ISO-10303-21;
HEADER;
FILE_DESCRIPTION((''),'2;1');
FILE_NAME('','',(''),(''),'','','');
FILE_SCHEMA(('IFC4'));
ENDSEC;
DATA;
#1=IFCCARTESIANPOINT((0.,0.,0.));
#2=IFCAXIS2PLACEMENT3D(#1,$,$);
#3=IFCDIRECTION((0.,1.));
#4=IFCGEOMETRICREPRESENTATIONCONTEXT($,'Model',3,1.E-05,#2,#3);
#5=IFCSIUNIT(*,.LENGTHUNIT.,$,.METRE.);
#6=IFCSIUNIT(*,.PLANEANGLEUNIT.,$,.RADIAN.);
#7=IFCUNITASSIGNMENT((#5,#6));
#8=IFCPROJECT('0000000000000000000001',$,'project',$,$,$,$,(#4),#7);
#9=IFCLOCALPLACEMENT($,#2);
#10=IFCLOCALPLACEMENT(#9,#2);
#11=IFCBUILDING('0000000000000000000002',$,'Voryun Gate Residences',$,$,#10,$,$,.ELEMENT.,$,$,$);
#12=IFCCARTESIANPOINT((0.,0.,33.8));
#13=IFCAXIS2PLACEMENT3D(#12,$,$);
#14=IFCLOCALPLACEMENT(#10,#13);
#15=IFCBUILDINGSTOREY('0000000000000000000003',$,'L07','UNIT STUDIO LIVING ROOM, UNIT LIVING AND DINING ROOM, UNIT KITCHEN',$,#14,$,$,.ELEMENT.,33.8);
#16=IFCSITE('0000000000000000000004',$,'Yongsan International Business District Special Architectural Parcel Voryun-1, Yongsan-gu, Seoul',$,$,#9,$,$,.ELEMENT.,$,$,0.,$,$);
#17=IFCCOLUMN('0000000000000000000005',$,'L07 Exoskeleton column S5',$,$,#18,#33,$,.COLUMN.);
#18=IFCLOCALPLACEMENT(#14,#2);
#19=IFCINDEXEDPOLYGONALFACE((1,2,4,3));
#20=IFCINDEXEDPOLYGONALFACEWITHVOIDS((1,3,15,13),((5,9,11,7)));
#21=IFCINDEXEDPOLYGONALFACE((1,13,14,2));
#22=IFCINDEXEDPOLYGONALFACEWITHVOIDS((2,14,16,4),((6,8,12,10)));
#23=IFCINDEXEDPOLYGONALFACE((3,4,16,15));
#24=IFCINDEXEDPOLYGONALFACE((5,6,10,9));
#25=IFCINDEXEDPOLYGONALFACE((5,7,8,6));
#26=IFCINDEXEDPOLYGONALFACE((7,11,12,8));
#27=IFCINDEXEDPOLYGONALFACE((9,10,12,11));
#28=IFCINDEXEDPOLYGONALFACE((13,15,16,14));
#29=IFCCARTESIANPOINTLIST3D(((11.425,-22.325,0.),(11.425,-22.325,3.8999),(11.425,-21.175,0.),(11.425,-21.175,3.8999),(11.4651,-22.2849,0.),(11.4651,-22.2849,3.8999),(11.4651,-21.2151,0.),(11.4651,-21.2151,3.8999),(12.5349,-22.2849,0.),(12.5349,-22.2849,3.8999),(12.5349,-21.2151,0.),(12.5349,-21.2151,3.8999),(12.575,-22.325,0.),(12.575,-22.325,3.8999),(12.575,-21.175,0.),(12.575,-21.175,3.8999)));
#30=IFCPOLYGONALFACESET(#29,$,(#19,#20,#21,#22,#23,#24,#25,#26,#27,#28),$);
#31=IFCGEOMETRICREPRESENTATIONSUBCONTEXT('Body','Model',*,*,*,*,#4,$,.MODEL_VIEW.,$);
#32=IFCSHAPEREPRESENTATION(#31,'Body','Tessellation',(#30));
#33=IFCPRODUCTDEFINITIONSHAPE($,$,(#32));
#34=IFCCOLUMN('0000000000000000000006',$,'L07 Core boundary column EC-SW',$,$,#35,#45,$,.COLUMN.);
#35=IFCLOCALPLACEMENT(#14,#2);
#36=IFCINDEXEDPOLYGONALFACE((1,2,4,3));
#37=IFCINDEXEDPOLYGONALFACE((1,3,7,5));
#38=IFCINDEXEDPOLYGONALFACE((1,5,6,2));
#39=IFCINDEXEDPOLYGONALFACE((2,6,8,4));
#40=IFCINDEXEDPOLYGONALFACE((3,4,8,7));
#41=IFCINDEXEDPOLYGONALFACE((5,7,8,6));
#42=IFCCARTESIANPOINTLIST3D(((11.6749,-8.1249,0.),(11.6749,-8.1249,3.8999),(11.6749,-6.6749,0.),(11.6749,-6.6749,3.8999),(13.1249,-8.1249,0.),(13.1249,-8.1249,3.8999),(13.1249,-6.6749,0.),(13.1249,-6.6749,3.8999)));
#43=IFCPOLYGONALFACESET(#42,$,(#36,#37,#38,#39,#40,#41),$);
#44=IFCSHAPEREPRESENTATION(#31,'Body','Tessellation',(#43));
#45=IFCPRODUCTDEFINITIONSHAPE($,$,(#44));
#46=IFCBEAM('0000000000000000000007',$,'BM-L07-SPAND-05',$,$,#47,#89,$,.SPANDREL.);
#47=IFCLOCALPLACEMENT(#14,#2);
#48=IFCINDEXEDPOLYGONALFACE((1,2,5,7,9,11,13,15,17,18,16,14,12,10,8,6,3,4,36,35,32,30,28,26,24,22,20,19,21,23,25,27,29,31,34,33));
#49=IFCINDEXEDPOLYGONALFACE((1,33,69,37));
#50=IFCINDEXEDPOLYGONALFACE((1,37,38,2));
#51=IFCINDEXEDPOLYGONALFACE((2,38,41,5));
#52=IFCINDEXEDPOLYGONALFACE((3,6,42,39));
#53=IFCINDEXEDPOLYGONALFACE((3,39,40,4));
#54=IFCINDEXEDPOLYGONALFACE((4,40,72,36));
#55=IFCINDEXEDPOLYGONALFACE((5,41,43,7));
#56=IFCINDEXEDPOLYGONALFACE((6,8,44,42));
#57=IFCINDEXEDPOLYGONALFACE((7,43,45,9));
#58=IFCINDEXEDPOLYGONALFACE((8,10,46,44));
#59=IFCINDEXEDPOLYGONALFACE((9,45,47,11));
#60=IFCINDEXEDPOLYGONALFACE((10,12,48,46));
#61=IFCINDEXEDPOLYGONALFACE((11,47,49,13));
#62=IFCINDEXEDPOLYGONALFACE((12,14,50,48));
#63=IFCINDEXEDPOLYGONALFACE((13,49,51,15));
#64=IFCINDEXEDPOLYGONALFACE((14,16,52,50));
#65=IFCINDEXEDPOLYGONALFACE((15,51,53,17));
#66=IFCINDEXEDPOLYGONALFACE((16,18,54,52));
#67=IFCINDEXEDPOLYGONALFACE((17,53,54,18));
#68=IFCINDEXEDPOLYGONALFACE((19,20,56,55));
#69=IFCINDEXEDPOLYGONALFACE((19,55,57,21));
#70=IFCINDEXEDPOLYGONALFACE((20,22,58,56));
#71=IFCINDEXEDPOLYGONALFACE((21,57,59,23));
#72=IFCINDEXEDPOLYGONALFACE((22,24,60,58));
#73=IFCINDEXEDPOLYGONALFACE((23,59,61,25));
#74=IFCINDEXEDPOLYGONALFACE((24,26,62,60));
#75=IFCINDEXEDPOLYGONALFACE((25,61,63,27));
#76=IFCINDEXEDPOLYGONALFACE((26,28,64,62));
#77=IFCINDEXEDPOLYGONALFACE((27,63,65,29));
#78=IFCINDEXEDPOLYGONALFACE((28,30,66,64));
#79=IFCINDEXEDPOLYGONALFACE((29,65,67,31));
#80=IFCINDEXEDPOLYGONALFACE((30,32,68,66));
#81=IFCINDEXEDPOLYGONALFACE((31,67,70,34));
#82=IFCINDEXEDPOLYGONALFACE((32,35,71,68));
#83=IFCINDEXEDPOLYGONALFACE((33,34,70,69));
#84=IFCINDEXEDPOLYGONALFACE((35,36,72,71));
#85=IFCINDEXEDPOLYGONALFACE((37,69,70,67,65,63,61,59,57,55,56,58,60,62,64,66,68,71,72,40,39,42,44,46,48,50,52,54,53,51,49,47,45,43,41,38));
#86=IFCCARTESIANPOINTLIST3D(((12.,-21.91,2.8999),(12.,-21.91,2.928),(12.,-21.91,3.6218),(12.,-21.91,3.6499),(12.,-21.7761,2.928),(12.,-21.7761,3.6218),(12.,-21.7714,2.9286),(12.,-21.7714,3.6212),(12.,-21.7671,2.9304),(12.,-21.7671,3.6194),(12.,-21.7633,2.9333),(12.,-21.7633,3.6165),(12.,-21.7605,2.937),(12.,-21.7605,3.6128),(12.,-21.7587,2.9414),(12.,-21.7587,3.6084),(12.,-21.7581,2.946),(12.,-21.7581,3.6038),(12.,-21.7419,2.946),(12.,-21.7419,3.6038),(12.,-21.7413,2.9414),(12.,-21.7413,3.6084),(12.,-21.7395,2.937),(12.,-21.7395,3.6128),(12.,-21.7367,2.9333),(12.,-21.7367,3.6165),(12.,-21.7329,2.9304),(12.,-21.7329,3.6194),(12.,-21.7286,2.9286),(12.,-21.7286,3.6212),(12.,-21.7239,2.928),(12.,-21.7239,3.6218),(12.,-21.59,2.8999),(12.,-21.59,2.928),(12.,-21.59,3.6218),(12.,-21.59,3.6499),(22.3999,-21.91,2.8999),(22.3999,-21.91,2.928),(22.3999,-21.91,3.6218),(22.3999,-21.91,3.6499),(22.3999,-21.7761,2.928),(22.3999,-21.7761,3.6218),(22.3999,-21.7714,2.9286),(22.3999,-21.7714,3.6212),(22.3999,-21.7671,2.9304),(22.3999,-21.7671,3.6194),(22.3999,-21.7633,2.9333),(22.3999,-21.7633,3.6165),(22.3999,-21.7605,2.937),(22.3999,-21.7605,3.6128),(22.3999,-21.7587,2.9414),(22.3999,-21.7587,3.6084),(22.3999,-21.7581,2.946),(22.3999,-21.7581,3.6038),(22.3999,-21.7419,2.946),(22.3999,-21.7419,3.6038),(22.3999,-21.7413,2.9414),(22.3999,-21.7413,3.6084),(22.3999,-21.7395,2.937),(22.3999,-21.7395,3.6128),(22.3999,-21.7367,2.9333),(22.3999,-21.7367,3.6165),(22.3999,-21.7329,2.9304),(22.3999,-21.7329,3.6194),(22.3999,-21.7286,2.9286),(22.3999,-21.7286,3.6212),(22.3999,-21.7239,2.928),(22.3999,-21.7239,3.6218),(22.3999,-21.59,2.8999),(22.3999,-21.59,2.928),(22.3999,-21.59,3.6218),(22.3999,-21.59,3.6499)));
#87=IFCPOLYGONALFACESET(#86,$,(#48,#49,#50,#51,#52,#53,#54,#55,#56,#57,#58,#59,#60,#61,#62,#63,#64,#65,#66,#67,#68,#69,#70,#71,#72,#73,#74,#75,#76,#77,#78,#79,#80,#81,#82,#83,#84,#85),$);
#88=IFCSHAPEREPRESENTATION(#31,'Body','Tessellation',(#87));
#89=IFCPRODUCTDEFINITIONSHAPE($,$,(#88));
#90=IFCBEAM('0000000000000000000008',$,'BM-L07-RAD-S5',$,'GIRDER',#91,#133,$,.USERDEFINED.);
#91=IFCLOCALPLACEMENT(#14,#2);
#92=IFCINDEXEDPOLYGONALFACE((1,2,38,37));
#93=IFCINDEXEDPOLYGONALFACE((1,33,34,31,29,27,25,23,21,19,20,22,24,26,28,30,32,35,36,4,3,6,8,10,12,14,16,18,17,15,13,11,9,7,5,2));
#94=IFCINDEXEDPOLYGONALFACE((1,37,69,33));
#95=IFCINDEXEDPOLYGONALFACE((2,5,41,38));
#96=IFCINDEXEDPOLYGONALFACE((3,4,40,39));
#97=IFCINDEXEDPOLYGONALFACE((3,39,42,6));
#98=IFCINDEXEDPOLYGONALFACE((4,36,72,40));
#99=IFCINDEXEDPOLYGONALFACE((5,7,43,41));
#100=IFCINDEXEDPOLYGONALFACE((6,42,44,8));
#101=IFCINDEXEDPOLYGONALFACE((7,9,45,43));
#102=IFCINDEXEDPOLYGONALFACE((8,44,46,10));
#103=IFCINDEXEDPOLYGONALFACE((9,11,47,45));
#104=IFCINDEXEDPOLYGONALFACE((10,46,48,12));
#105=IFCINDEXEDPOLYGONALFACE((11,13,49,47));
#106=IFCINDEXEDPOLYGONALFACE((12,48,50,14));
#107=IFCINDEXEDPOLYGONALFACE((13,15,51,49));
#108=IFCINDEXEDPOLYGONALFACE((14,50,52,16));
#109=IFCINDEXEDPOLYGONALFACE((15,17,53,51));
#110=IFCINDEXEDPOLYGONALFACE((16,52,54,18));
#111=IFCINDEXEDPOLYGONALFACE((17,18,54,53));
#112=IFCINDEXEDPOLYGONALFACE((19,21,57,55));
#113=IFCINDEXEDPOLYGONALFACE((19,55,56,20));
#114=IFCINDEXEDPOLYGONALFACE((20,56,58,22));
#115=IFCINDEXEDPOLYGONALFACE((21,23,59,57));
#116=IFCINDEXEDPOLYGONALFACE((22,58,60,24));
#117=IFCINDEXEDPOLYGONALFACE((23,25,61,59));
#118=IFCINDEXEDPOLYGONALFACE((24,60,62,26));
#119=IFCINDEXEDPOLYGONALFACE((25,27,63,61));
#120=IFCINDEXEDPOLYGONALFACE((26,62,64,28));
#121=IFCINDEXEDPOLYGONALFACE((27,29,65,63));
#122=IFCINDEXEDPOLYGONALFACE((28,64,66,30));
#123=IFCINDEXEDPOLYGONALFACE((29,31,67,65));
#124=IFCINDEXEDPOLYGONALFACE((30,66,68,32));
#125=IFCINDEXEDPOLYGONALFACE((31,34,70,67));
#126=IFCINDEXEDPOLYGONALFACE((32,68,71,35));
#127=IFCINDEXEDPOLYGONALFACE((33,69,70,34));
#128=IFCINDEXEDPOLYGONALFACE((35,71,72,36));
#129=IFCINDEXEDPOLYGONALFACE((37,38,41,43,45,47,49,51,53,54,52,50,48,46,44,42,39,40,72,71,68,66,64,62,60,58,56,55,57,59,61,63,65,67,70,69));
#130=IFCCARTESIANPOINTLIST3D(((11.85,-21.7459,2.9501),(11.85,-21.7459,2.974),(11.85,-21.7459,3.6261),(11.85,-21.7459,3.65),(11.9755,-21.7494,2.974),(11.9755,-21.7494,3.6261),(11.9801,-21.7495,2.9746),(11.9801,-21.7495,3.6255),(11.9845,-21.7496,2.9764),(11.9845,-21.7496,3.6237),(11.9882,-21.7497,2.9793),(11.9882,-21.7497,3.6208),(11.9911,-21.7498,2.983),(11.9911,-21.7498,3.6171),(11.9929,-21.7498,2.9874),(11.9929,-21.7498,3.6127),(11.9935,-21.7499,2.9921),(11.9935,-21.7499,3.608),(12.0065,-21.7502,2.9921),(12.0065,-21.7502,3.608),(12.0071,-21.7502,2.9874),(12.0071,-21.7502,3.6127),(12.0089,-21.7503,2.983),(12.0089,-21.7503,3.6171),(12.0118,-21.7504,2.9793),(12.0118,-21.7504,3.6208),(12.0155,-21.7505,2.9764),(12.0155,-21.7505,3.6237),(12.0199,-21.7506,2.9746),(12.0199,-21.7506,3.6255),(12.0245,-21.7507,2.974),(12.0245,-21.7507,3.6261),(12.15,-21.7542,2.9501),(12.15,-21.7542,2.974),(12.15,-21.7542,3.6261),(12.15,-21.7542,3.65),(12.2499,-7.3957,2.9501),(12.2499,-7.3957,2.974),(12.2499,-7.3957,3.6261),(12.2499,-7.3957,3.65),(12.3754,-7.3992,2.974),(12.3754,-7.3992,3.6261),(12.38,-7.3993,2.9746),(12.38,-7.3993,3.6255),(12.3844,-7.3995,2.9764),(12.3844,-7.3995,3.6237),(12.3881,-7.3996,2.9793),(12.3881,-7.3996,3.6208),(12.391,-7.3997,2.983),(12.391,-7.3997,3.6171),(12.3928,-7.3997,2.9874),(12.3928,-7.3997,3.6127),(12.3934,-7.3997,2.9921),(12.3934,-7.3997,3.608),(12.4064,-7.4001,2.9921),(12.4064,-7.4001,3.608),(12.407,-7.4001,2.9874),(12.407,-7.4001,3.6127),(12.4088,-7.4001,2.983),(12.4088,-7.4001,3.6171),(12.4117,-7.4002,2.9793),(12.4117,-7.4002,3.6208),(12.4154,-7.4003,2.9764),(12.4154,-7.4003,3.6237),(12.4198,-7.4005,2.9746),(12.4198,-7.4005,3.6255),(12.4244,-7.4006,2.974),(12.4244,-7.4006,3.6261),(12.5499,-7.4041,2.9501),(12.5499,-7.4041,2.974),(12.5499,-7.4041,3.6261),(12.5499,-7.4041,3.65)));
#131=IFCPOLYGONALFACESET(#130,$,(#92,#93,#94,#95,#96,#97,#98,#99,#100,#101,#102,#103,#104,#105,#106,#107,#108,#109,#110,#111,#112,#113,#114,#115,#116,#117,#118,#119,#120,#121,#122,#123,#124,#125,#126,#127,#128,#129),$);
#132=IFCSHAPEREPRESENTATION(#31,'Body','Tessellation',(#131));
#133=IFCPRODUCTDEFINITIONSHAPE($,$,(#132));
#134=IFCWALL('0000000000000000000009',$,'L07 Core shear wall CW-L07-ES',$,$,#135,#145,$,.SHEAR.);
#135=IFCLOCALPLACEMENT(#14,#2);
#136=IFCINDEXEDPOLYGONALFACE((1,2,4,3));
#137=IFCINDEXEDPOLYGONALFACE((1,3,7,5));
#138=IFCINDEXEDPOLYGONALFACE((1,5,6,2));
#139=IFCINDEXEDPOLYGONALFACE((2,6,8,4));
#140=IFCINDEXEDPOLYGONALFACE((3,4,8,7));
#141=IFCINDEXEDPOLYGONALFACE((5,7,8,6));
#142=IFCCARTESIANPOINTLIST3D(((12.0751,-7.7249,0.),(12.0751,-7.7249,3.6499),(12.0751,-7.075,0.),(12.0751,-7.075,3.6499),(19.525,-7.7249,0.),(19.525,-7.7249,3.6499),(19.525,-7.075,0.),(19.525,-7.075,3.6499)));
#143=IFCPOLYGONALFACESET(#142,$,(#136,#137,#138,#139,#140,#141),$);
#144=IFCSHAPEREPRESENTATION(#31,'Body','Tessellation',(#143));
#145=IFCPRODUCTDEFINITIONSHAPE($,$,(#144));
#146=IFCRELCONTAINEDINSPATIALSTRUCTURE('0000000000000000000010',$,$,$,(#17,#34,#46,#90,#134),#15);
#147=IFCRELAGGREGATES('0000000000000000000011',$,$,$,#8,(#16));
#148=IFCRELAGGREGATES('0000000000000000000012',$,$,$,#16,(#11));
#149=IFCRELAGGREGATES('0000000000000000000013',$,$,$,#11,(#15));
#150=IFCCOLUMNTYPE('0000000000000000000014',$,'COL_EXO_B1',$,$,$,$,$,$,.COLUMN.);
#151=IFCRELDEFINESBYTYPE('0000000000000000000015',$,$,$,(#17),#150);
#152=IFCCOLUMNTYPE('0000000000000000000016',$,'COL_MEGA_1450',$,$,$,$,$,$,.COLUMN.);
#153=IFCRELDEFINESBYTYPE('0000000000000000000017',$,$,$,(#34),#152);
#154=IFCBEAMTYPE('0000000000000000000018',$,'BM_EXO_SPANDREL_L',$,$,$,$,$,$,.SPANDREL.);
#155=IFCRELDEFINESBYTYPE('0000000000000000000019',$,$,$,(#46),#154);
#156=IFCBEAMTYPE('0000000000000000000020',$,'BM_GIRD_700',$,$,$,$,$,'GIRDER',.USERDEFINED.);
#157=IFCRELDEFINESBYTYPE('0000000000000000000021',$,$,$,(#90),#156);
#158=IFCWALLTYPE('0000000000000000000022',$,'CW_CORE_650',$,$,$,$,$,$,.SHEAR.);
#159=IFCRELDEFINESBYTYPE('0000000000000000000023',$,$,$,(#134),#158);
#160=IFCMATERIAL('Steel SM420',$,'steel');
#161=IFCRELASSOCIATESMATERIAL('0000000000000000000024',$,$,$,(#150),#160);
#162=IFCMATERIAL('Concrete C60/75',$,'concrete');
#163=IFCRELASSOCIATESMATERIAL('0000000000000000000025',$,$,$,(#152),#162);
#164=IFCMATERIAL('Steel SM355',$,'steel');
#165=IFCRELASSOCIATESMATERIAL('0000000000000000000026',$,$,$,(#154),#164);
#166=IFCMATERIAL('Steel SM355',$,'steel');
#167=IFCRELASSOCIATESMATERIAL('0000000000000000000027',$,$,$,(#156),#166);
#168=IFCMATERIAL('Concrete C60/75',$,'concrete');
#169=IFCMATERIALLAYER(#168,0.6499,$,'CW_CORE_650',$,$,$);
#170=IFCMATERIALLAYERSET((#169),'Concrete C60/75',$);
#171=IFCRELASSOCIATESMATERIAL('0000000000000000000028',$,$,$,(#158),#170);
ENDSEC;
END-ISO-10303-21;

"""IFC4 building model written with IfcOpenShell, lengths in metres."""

from ifc_helpers import new_model, si_unit, direction, frame, frame_2d, origin, origin_2d, place, context, subcontext, project, spatial, rectangle, hollow_rectangle, i_section, extrude, material, layer, layer_set, material_profile, profile_set, type_object, element, save


model = new_model("IFC4")

# Units and contexts
model_context = context("Model", 3, precision=1e-05, world=origin(), true_north=direction((0.0, 1.0)))
body_context = subcontext(model_context, "Body", "Model", "MODEL_VIEW")
ifc_project = project(units=[si_unit("LENGTHUNIT", "METRE"), si_unit("PLANEANGLEUNIT", "RADIAN")], contexts=[model_context])

# Site, building, storey
site_placement = place(None, origin())
site = spatial("IfcSite", under=ifc_project, at=site_placement, Name="Yongsan International Business District Special Architectural Parcel Voryun-1, Yongsan-gu, Seoul", CompositionType="ELEMENT", RefElevation=0.0)
building_placement = place(site_placement, origin())
building = spatial("IfcBuilding", under=site, at=building_placement, Name="Voryun Gate Residences", CompositionType="ELEMENT")
storey_placement = place(building_placement, frame((0.0, 0.0, 33.8)))
storey = spatial("IfcBuildingStorey", under=building, at=storey_placement, Name="L07", Description="UNIT STUDIO LIVING ROOM, UNIT LIVING AND DINING ROOM, UNIT KITCHEN", CompositionType="ELEMENT", Elevation=33.8)

# Columns
ifc_material_1 = material(Name="Steel SM420", Category="steel")
ifc_material_profile_1 = material_profile(ifc_material_1, hollow_rectangle(XDim=1.1499, YDim=1.1499, WallThickness=0.04, at=origin_2d()), Name="BOX-1150x1150x40")
ifc_profile_set_1 = profile_set([ifc_material_profile_1], Name="Steel SM420")
column_type_1 = type_object("IfcColumnType", Name="COL_EXO_B1", PredefinedType="COLUMN", material=ifc_profile_set_1)
column_1_placement = place(storey_placement, frame((12.0, -21.75, 0.0), z_axis=(0.0, 0.0, 1.0), x_axis=(1.0, 0.0, 0.0)))
element("IfcColumn", 1, at=column_1_placement, inside=storey, type_object=column_type_1, Name="L07 Exoskeleton column S5", PredefinedType="COLUMN", context=body_context, shape_type="SweptSolid", body=[
    extrude(hollow_rectangle(XDim=1.1499, YDim=1.1499, WallThickness=0.04, at=origin_2d()), origin(), (0.0, 0.0, 1.0), 3.8999),
])
ifc_material_2 = material(Name="Concrete C60/75", Category="concrete")
ifc_material_profile_2 = material_profile(ifc_material_2, rectangle(XDim=1.45, YDim=1.45, at=origin_2d()), Name="RC-1450x1450")
ifc_profile_set_2 = profile_set([ifc_material_profile_2], Name="Concrete C60/75")
column_type_2 = type_object("IfcColumnType", Name="COL_MEGA_1450", PredefinedType="COLUMN", material=ifc_profile_set_2)
column_2_placement = place(storey_placement, frame((12.3999, -7.3999, 0.0), z_axis=(0.0, 0.0, 1.0), x_axis=(1.0, 0.0, 0.0)))
element("IfcColumn", 2, at=column_2_placement, inside=storey, type_object=column_type_2, Name="L07 Core boundary column EC-SW", PredefinedType="COLUMN", context=body_context, shape_type="SweptSolid", body=[
    extrude(rectangle(XDim=1.45, YDim=1.45, at=origin_2d()), origin(), (0.0, 0.0, 1.0), 3.8999),
])

# Beams
ifc_material_3 = material(Name="Steel SM355", Category="steel")
ifc_material_profile_3 = material_profile(ifc_material_3, i_section(OverallWidth=0.3201, OverallDepth=0.75, WebThickness=0.0161, FlangeThickness=0.0281, FilletRadius=0.0181, at=origin_2d()), Name="H-750x320x16x28")
ifc_profile_set_3 = profile_set([ifc_material_profile_3], Name="Steel SM355")
beam_type_1 = type_object("IfcBeamType", Name="BM_EXO_SPANDREL_L", PredefinedType="SPANDREL", material=ifc_profile_set_3)
beam_1_placement = place(storey_placement, frame((12.0, -21.75, 3.2749), z_axis=(1.0, 0.0, 0.0), x_axis=(0.0, 1.0, 0.0)))
element("IfcBeam", 3, at=beam_1_placement, inside=storey, type_object=beam_type_1, Name="BM-L07-SPAND-05", PredefinedType="SPANDREL", context=body_context, shape_type="SweptSolid", body=[
    extrude(i_section(OverallWidth=0.3201, OverallDepth=0.75, WebThickness=0.0161, FlangeThickness=0.0281, FilletRadius=0.0181, at=origin_2d()), origin(), (0.0, 0.0, 1.0), 10.3999),
])
ifc_material_4 = material(Name="Steel SM355", Category="steel")
ifc_material_profile_4 = material_profile(ifc_material_4, i_section(OverallWidth=0.3, OverallDepth=0.7, WebThickness=0.0129, FlangeThickness=0.0239, FilletRadius=0.0181, at=origin_2d()), Name="H-700x300x13x24")
ifc_profile_set_4 = profile_set([ifc_material_profile_4], Name="Steel SM355")
beam_type_2 = type_object("IfcBeamType", Name="BM_GIRD_700", ElementType="GIRDER", PredefinedType="USERDEFINED", material=ifc_profile_set_4)
beam_2_placement = place(storey_placement, frame((12.3999, -7.3999, 3.3), z_axis=(-0.027857, -0.999612, 0.0), x_axis=(0.999612, -0.027857, 0.0)))
element("IfcBeam", 4, at=beam_2_placement, inside=storey, type_object=beam_type_2, Name="BM-L07-RAD-S5", ObjectType="GIRDER", PredefinedType="USERDEFINED", context=body_context, shape_type="SweptSolid", body=[
    extrude(i_section(OverallWidth=0.3, OverallDepth=0.7, WebThickness=0.0129, FlangeThickness=0.0239, FilletRadius=0.0181, at=origin_2d()), origin(), (0.0, 0.0, 1.0), 14.3557),
])

# Wall
ifc_material_5 = material(Name="Concrete C60/75", Category="concrete")
ifc_layer_1 = layer(ifc_material_5, 0.6499, Name="CW_CORE_650")
ifc_layer_set_1 = layer_set([ifc_layer_1], Name="Concrete C60/75")
wall_type_1 = type_object("IfcWallType", Name="CW_CORE_650", PredefinedType="SHEAR", material=ifc_layer_set_1)
wall_1_placement = place(storey_placement, frame((12.075, -7.3999, 0.0), z_axis=(0.0, 0.0, 1.0), x_axis=(1.0, 0.0, 0.0)))
element("IfcWall", 5, at=wall_1_placement, inside=storey, type_object=wall_type_1, Name="L07 Core shear wall CW-L07-ES", PredefinedType="SHEAR", context=body_context, shape_type="SweptSolid", body=[
    extrude(rectangle(XDim=7.45, YDim=0.6499, at=frame_2d((3.7251, 0.0))), origin(), (0.0, 0.0, 1.0), 3.6499),
])

save(model, "model.ifc")
